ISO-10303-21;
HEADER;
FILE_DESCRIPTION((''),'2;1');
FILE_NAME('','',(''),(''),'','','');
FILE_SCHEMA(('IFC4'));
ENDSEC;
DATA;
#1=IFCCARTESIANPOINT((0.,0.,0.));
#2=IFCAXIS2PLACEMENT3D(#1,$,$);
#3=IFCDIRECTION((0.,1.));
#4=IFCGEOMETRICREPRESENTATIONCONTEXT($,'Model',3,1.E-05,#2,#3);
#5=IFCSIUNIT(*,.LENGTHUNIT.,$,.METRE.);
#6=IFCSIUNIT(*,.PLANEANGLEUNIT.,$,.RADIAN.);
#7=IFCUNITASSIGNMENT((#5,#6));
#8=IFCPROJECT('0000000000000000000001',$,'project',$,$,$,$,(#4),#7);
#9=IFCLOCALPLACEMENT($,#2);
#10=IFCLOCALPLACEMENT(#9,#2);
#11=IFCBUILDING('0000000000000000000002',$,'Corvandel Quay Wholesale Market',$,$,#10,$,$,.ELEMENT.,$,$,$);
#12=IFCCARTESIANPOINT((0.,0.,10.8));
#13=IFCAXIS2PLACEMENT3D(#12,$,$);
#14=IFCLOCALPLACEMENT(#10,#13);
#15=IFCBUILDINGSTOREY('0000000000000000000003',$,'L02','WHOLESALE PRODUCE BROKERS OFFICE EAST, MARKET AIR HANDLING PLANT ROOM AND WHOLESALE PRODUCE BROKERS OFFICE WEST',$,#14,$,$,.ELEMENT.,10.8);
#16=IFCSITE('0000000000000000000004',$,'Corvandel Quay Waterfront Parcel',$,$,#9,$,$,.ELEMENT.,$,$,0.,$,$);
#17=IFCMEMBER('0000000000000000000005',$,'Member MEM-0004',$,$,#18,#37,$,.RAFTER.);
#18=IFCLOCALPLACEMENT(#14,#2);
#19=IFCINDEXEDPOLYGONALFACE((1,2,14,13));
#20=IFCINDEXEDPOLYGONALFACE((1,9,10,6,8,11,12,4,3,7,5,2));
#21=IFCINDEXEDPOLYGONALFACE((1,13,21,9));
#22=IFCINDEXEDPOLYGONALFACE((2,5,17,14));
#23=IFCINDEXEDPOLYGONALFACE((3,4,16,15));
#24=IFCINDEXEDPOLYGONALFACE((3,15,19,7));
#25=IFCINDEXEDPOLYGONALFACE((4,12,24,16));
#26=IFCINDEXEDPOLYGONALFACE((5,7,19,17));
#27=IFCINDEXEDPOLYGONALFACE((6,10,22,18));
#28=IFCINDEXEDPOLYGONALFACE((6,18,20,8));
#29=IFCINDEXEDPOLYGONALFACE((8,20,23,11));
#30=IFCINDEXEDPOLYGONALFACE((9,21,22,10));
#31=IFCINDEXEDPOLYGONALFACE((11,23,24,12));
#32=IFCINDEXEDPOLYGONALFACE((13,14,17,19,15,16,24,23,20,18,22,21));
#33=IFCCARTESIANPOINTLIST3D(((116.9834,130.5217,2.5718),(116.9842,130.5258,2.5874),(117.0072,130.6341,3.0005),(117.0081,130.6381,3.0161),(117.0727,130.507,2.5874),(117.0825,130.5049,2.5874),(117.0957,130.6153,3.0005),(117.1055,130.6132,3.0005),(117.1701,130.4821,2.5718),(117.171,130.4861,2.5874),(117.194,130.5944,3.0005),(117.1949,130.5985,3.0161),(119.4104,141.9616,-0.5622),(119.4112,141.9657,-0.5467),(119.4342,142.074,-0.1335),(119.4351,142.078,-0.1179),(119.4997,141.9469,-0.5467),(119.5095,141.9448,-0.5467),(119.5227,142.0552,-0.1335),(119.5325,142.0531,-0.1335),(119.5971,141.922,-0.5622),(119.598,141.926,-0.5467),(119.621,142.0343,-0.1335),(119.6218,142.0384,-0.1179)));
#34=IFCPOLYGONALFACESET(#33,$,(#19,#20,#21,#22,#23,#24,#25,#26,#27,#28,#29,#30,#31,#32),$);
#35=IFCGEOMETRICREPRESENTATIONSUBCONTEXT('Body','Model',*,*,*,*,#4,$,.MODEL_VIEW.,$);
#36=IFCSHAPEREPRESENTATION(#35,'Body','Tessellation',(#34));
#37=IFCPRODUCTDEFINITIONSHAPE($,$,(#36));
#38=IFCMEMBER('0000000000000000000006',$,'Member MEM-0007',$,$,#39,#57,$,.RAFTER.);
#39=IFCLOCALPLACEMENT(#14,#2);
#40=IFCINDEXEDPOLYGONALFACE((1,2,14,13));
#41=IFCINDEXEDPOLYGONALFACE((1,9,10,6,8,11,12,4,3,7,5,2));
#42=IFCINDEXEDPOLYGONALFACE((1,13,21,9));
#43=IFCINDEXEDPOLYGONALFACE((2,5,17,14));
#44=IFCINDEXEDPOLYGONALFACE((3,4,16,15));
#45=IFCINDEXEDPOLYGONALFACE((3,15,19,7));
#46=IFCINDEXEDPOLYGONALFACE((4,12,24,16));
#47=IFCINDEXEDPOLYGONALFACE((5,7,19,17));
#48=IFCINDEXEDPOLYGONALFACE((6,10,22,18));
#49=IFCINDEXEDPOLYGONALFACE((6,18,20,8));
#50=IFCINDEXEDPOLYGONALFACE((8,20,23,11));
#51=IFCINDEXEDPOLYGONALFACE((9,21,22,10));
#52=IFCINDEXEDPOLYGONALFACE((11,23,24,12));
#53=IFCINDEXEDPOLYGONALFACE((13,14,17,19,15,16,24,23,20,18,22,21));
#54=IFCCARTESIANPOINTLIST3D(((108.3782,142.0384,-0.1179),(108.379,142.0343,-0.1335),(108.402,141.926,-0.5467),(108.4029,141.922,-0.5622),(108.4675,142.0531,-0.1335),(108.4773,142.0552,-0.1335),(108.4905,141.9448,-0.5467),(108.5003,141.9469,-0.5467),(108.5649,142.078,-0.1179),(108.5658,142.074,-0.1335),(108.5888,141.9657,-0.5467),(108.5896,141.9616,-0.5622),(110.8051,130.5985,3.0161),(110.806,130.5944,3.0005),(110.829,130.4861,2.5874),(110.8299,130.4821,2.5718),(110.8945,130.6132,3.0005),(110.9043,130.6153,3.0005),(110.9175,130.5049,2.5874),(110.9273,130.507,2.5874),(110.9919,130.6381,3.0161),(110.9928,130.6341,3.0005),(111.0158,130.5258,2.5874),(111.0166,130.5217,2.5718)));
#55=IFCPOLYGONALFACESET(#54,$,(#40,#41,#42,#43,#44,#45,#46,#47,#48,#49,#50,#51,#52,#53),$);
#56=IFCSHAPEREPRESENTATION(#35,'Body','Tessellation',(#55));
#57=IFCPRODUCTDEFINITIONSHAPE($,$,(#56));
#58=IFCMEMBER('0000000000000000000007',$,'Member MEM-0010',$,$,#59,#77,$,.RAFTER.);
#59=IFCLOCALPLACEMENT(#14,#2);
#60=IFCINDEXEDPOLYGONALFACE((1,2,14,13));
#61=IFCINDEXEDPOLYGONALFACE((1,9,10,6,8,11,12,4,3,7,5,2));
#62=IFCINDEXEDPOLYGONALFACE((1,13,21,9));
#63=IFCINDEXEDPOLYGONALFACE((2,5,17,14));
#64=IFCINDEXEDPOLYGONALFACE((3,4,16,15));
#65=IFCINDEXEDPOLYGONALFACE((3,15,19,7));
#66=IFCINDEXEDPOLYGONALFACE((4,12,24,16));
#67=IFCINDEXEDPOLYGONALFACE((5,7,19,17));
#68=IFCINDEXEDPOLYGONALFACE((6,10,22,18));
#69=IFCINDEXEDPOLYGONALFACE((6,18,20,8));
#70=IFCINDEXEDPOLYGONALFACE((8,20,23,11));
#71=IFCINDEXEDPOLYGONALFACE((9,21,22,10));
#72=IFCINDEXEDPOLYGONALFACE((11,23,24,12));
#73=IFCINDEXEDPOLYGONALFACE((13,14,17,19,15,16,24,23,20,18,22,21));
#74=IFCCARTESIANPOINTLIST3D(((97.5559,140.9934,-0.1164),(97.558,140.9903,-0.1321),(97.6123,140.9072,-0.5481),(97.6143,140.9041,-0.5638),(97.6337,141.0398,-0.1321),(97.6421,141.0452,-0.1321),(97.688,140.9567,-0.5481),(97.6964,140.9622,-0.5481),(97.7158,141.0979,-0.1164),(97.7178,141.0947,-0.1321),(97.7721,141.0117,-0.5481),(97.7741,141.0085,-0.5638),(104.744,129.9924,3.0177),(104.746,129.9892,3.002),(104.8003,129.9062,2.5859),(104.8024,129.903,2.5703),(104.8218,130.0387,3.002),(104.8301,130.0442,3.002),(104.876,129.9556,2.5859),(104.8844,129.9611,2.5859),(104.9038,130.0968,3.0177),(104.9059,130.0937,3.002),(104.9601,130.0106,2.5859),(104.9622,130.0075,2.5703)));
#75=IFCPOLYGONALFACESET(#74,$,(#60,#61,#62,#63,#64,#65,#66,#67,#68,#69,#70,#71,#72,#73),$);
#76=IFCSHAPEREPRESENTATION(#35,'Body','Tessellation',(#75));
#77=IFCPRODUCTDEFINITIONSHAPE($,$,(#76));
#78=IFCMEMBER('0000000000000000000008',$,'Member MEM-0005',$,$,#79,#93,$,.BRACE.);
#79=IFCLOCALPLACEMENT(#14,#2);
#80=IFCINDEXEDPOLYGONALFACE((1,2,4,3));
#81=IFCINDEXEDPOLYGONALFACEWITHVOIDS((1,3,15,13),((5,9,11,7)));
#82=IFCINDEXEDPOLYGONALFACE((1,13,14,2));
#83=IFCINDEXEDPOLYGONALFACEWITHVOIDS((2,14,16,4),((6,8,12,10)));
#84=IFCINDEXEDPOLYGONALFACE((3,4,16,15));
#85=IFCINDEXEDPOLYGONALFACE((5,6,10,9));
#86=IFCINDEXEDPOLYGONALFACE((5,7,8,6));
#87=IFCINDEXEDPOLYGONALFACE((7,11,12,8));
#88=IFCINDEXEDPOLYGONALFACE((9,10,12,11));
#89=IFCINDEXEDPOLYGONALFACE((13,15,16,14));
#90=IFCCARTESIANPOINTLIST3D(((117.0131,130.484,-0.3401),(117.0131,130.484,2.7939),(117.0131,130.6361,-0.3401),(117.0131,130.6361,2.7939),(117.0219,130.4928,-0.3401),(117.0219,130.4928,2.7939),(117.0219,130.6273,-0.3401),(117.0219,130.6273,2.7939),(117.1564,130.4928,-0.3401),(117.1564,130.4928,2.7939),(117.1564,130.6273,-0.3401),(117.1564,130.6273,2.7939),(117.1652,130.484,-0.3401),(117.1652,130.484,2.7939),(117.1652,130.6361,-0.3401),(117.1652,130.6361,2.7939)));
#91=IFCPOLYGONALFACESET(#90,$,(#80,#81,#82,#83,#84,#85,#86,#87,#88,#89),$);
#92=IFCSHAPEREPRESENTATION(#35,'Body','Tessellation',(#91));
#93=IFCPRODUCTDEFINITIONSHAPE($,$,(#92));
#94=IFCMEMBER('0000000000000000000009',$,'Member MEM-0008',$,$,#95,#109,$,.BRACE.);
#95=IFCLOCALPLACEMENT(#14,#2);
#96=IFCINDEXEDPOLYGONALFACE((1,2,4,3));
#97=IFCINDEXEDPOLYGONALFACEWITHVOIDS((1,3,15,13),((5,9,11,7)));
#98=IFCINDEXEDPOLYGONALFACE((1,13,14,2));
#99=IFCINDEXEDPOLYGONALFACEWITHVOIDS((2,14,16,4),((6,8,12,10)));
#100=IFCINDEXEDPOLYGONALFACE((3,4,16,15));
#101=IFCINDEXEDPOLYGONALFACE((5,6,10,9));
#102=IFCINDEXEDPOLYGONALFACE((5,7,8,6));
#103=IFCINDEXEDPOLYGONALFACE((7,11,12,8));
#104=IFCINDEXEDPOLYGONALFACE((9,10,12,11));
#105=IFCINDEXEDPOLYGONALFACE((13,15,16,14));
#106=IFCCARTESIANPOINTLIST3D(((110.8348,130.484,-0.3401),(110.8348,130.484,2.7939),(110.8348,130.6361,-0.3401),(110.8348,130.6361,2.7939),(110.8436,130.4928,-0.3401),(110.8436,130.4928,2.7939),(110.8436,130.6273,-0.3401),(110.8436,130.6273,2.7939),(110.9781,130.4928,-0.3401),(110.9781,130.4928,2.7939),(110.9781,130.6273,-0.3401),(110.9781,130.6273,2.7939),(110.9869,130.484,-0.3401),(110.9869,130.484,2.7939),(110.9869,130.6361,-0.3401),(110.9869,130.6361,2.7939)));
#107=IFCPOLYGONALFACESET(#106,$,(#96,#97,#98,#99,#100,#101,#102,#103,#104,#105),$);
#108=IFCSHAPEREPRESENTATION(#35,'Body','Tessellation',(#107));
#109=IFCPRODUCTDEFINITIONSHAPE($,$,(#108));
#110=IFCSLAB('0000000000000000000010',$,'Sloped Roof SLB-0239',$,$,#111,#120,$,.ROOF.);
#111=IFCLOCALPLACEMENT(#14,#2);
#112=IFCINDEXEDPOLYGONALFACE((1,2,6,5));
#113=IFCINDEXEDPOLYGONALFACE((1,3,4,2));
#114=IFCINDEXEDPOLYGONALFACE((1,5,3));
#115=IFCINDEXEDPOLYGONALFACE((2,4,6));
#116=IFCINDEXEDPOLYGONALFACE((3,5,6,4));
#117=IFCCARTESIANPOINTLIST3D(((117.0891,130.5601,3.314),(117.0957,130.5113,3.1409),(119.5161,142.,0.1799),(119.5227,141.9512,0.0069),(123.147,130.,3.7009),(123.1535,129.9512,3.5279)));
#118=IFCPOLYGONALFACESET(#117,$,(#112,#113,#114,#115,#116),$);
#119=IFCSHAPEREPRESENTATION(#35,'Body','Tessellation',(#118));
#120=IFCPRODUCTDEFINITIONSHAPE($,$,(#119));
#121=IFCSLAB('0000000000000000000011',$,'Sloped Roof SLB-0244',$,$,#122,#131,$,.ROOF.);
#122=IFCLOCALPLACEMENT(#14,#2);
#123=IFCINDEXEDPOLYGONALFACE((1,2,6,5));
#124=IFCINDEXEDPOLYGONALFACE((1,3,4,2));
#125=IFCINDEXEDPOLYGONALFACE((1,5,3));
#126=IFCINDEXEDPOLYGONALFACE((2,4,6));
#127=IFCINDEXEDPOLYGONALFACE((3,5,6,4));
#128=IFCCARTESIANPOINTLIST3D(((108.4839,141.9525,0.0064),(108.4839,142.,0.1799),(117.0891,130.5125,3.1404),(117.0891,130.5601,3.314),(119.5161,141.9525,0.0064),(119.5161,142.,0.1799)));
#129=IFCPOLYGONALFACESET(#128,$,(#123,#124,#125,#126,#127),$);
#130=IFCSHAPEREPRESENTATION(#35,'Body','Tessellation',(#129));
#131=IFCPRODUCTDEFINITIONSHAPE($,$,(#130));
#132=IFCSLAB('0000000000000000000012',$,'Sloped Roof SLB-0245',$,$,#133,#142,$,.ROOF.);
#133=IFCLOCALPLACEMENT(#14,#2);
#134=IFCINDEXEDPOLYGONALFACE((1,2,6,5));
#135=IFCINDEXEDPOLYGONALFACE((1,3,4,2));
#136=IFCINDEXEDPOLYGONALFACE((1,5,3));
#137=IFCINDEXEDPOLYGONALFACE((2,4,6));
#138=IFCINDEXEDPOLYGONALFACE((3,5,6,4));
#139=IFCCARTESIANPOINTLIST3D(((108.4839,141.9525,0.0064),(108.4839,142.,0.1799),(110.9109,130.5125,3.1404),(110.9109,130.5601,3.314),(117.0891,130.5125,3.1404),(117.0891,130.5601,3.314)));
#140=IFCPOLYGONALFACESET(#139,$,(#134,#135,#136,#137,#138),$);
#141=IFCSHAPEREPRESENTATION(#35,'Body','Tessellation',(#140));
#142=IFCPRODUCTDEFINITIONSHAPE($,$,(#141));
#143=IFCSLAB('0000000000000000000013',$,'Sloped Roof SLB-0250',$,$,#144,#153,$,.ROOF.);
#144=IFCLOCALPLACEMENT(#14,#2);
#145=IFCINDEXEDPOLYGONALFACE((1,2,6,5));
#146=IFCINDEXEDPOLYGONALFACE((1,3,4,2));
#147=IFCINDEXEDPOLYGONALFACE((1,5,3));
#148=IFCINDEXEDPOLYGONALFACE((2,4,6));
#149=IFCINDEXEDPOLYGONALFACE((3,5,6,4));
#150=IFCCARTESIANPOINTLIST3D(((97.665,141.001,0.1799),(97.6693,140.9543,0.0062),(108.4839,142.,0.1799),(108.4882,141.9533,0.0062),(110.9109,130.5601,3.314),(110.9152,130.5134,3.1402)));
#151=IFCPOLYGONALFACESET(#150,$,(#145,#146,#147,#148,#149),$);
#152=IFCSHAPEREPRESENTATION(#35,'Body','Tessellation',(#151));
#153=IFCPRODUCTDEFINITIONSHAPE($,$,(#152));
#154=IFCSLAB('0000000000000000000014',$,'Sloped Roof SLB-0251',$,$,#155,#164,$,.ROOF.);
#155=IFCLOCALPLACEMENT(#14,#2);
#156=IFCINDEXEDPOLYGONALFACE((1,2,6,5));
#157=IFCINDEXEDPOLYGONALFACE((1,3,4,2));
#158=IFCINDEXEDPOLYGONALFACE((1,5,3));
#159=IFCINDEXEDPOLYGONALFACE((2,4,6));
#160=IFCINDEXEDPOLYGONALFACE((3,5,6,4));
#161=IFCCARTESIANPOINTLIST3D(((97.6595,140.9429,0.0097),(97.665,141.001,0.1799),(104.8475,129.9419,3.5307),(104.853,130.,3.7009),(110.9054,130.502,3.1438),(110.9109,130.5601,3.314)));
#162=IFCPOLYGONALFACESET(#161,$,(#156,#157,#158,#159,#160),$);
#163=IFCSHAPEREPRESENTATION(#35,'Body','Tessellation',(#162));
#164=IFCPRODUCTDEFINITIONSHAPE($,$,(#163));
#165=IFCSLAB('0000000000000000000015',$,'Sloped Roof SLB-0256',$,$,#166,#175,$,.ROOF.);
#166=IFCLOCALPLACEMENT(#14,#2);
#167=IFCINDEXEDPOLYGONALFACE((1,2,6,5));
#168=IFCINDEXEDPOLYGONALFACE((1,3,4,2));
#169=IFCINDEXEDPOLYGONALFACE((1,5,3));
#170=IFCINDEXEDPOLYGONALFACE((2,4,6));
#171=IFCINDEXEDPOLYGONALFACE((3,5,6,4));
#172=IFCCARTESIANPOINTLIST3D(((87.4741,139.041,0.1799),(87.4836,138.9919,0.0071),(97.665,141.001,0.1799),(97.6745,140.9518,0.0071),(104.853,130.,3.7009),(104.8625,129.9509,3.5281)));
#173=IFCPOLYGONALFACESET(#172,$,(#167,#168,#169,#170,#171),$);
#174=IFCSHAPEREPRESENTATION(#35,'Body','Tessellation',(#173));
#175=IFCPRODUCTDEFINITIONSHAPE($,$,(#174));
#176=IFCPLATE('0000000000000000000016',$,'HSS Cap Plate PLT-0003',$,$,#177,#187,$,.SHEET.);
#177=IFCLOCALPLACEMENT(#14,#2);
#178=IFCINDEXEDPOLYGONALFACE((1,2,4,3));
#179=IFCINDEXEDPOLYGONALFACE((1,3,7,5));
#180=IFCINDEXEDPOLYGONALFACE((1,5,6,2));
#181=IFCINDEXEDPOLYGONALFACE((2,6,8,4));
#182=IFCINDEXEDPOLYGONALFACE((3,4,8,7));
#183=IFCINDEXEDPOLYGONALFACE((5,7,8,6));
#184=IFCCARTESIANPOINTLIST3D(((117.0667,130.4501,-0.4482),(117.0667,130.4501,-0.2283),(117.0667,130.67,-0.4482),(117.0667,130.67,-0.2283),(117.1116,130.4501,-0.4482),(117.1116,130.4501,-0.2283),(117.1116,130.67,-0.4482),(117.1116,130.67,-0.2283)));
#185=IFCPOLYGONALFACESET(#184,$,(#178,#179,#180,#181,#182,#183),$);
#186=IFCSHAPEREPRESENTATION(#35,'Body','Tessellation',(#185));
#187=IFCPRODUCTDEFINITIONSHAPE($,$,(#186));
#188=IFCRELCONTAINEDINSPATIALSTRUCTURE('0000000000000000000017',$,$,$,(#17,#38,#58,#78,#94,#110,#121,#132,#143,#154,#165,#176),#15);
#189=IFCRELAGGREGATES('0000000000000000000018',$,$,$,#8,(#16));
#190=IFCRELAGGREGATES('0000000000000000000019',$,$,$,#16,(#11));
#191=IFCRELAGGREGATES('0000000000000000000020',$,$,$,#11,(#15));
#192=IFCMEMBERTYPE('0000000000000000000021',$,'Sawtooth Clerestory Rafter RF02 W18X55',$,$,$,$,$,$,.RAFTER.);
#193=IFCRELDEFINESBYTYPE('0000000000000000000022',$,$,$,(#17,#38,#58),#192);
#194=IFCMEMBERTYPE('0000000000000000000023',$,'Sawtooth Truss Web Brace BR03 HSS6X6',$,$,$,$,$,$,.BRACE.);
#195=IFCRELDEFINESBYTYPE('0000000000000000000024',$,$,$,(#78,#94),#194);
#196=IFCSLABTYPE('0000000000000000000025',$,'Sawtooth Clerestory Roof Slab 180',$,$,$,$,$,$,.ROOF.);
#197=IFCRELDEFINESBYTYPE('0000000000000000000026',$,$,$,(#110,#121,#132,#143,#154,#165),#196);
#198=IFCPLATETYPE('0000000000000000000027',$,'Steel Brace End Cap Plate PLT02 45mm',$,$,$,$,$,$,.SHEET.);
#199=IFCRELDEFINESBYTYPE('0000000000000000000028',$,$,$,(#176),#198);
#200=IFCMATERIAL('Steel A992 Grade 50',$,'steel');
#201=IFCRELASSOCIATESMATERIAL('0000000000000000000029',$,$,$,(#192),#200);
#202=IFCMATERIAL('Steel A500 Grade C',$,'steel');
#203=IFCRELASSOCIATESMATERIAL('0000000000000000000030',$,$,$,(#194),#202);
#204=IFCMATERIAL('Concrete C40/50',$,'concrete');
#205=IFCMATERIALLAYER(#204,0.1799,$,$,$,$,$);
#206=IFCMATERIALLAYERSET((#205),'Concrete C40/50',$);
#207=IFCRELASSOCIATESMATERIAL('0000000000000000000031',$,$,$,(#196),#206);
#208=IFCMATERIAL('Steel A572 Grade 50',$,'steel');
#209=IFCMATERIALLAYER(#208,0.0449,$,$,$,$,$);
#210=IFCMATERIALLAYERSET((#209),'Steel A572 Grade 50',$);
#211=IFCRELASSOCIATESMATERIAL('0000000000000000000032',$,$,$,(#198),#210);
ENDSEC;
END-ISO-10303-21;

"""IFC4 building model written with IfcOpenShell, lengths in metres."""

from ifc_helpers import new_model, si_unit, direction, frame, origin, origin_2d, place, context, subcontext, project, spatial, polyline, rectangle, hollow_rectangle, i_section, outline, extrude, material, layer, layer_set, material_profile, profile_set, type_object, element, save


model = new_model("IFC4")

# Units and contexts
model_context = context("Model", 3, precision=1e-05, world=origin(), true_north=direction((0.0, 1.0)))
body_context = subcontext(model_context, "Body", "Model", "MODEL_VIEW")
ifc_project = project(units=[si_unit("LENGTHUNIT", "METRE"), si_unit("PLANEANGLEUNIT", "RADIAN")], contexts=[model_context])

# Site, building, storey
site_placement = place(None, origin())
site = spatial("IfcSite", under=ifc_project, at=site_placement, Name="Corvandel Quay Waterfront Parcel", CompositionType="ELEMENT", RefElevation=0.0)
building_placement = place(site_placement, origin())
building = spatial("IfcBuilding", under=site, at=building_placement, Name="Corvandel Quay Wholesale Market", CompositionType="ELEMENT")
storey_placement = place(building_placement, frame((0.0, 0.0, 10.8)))
storey = spatial("IfcBuildingStorey", under=building, at=storey_placement, Name="L02", Description="WHOLESALE PRODUCE BROKERS OFFICE EAST, MARKET AIR HANDLING PLANT ROOM AND WHOLESALE PRODUCE BROKERS OFFICE WEST", CompositionType="ELEMENT", Elevation=10.8)

# Shared definitions
ifc_material_1 = material(Name="Steel A992 Grade 50", Category="steel")

# Members
ifc_material_profile_1 = material_profile(ifc_material_1, i_section(OverallWidth=0.1909, OverallDepth=0.46, WebThickness=0.01, FlangeThickness=0.0161, at=origin_2d()), Name="W18X55")
ifc_profile_set_1 = profile_set([ifc_material_profile_1], Name="Steel A992 Grade 50")
member_type_1 = type_object("IfcMemberType", Name="Sawtooth Clerestory Rafter RF02 W18X55", PredefinedType="RAFTER", material=ifc_profile_set_1)
for number, where, z_axis, x_axis, name in (
    (1, (119.5161, 142.0, -0.3401), (-0.200459, -0.944886, 0.258857), (0.978228, -0.207533, 0.0), "Member MEM-0004"),
    (2, (108.4839, 142.0, -0.3401), (0.200459, -0.944886, 0.258857), (0.978228, 0.207533, 0.0), "Member MEM-0007"),
):
    element("IfcMember", number, at=place(storey_placement, frame(where, z_axis=z_axis, x_axis=x_axis)), inside=storey, type_object=member_type_1, Name=name, PredefinedType="RAFTER", context=body_context, shape_type="SweptSolid", body=[
        extrude(i_section(OverallWidth=0.1909, OverallDepth=0.46, WebThickness=0.01, FlangeThickness=0.0161, at=origin_2d()), origin(), (0.0, 0.0, 1.0), 12.1072),
    ])
member_1_placement = place(storey_placement, frame((97.665, 141.001, -0.3401), z_axis=(0.532063, -0.814305, 0.231985), x_axis=(0.837142, 0.546985, 0.0)))
element("IfcMember", 3, at=member_1_placement, inside=storey, type_object=member_type_1, Name="Member MEM-0010", PredefinedType="RAFTER", context=body_context, shape_type="SweptSolid", body=[
    extrude(i_section(OverallWidth=0.1909, OverallDepth=0.46, WebThickness=0.01, FlangeThickness=0.0161, at=origin_2d()), origin(), (0.0, 0.0, 1.0), 13.5098),
])
ifc_material_2 = material(Name="Steel A500 Grade C", Category="steel")
ifc_material_profile_2 = material_profile(ifc_material_2, hollow_rectangle(XDim=0.1521, YDim=0.1521, WallThickness=0.0088, at=origin_2d()), Name="HSS6X6X3/8")
ifc_profile_set_2 = profile_set([ifc_material_profile_2], Name="Steel A500 Grade C")
member_type_2 = type_object("IfcMemberType", Name="Sawtooth Truss Web Brace BR03 HSS6X6", PredefinedType="BRACE", material=ifc_profile_set_2)
for number, where, z_axis, x_axis, name in (
    (4, (117.0891, 130.5601, -0.3401), (0.0, 0.0, 1.0), (1.0, 0.0, 0.0), "Member MEM-0005"),
    (5, (110.9109, 130.5601, -0.3401), (0.0, 0.0, 1.0), (1.0, 0.0, 0.0), "Member MEM-0008"),
):
    element("IfcMember", number, at=place(storey_placement, frame(where, z_axis=z_axis, x_axis=x_axis)), inside=storey, type_object=member_type_2, Name=name, PredefinedType="BRACE", context=body_context, shape_type="SweptSolid", body=[
        extrude(hollow_rectangle(XDim=0.1521, YDim=0.1521, WallThickness=0.0088, at=origin_2d()), origin(), (0.0, 0.0, 1.0), 3.134),
    ])

# Slabs
ifc_material_3 = material(Name="Concrete C40/50", Category="concrete")
ifc_layer_1 = layer(ifc_material_3, 0.1799)
ifc_layer_set_1 = layer_set([ifc_layer_1], Name="Concrete C40/50")
slab_type = type_object("IfcSlabType", Name="Sawtooth Clerestory Roof Slab 180", PredefinedType="ROOF", material=ifc_layer_set_1)
slab_1_placement = place(storey_placement, frame((119.5161, 142.0, 0.1799), z_axis=(-0.036366, 0.271214, 0.961832), x_axis=(-0.200459, -0.944886, 0.258857)))
element("IfcSlab", 6, at=slab_1_placement, inside=storey, type_object=slab_type, Name="Sloped Roof SLB-0239", PredefinedType="ROOF", context=body_context, shape_type="SweptSolid", body=[
    extrude(outline(polyline([(0.0, 0.0), (12.1072, 0.0), (11.5222, 6.0679), (0.0, 0.0)])), origin(), (0.0, 0.0, -1.0), 0.1799),
])
slab_2_placement = place(storey_placement, frame((119.5161, 142.0, 0.1799), z_axis=(0.0, 0.26422, 0.964463), x_axis=(-1.0, 0.0, 0.0)))
element("IfcSlab", 7, at=slab_2_placement, inside=storey, type_object=slab_type, Name="Sloped Roof SLB-0244", PredefinedType="ROOF", context=body_context, shape_type="SweptSolid", body=[
    extrude(outline(polyline([(0.0, 0.0), (11.0322, 0.0), (2.427, 11.8615), (0.0, 0.0)])), origin(), (0.0, 0.0, -1.0), 0.1799),
])
slab_3_placement = place(storey_placement, frame((108.4839, 142.0, 0.1799), z_axis=(0.0, 0.26422, 0.964463), x_axis=(0.200459, -0.944886, 0.258857)))
element("IfcSlab", 8, at=slab_3_placement, inside=storey, type_object=slab_type, Name="Sloped Roof SLB-0245", PredefinedType="ROOF", context=body_context, shape_type="SweptSolid", body=[
    extrude(outline(polyline([(0.0, 0.0), (12.1072, 0.0), (13.3457, 6.0528), (0.0, 0.0)])), origin(), (0.0, 0.0, -1.0), 0.1799),
])
slab_4_placement = place(storey_placement, frame((108.4839, 142.0, 0.1799), z_axis=(-0.023955, 0.259413, 0.965469), x_axis=(-0.995764, -0.09195, 0.0)))
element("IfcSlab", 9, at=slab_4_placement, inside=storey, type_object=slab_type, Name="Sloped Roof SLB-0250", PredefinedType="ROOF", context=body_context, shape_type="SweptSolid", body=[
    extrude(outline(polyline([(0.0, 0.0), (10.8649, 0.0), (-1.3648, 12.03), (0.0, 0.0)])), origin(), (0.0, 0.0, -1.0), 0.1799),
])
slab_5_placement = place(storey_placement, frame((97.665, 141.001, 0.1799), z_axis=(0.030588, 0.32276, 0.945986), x_axis=(0.528349, -0.80862, 0.258809)))
element("IfcSlab", 10, at=slab_5_placement, inside=storey, type_object=slab_type, Name="Sloped Roof SLB-0251", PredefinedType="ROOF", context=body_context, shape_type="SweptSolid", body=[
    extrude(outline(polyline([(0.0, 0.0), (13.6046, 0.0), (16.2523, 5.491), (0.0, 0.0)])), origin(), (0.0, 0.0, -1.0), 0.1799),
])
slab_6_placement = place(storey_placement, frame((97.665, 141.001, 0.1799), z_axis=(-0.052526, 0.273114, 0.960547), x_axis=(-0.982003, -0.188863, 0.0)))
element("IfcSlab", 11, at=slab_6_placement, inside=storey, type_object=slab_type, Name="Sloped Roof SLB-0256", PredefinedType="ROOF", context=body_context, shape_type="SweptSolid", body=[
    extrude(outline(polyline([(0.0, 0.0), (10.3777, 0.0), (-4.981, 12.66), (0.0, 0.0)])), origin(), (0.0, 0.0, -1.0), 0.1799),
])

# Plate
ifc_material_4 = material(Name="Steel A572 Grade 50", Category="steel")
ifc_layer_2 = layer(ifc_material_4, 0.0449)
ifc_layer_set_2 = layer_set([ifc_layer_2], Name="Steel A572 Grade 50")
plate_type = type_object("IfcPlateType", Name="Steel Brace End Cap Plate PLT02 45mm", PredefinedType="SHEET", material=ifc_layer_set_2)
for number, where, z_axis, x_axis, name in (
    (12, (117.0891, 130.5601, -0.4482), (0.0, 0.0, 1.0), (0.0, 1.0, 0.0), "HSS Cap Plate PLT-0003"),
):
    element("IfcPlate", number, at=place(storey_placement, frame(where, z_axis=z_axis, x_axis=x_axis)), inside=storey, type_object=plate_type, Name=name, PredefinedType="SHEET", context=body_context, shape_type="SweptSolid", body=[
        extrude(rectangle(XDim=0.22, YDim=0.0449, at=origin_2d()), origin(), (0.0, 0.0, 1.0), 0.22),
    ])

save(model, "model.ifc")
